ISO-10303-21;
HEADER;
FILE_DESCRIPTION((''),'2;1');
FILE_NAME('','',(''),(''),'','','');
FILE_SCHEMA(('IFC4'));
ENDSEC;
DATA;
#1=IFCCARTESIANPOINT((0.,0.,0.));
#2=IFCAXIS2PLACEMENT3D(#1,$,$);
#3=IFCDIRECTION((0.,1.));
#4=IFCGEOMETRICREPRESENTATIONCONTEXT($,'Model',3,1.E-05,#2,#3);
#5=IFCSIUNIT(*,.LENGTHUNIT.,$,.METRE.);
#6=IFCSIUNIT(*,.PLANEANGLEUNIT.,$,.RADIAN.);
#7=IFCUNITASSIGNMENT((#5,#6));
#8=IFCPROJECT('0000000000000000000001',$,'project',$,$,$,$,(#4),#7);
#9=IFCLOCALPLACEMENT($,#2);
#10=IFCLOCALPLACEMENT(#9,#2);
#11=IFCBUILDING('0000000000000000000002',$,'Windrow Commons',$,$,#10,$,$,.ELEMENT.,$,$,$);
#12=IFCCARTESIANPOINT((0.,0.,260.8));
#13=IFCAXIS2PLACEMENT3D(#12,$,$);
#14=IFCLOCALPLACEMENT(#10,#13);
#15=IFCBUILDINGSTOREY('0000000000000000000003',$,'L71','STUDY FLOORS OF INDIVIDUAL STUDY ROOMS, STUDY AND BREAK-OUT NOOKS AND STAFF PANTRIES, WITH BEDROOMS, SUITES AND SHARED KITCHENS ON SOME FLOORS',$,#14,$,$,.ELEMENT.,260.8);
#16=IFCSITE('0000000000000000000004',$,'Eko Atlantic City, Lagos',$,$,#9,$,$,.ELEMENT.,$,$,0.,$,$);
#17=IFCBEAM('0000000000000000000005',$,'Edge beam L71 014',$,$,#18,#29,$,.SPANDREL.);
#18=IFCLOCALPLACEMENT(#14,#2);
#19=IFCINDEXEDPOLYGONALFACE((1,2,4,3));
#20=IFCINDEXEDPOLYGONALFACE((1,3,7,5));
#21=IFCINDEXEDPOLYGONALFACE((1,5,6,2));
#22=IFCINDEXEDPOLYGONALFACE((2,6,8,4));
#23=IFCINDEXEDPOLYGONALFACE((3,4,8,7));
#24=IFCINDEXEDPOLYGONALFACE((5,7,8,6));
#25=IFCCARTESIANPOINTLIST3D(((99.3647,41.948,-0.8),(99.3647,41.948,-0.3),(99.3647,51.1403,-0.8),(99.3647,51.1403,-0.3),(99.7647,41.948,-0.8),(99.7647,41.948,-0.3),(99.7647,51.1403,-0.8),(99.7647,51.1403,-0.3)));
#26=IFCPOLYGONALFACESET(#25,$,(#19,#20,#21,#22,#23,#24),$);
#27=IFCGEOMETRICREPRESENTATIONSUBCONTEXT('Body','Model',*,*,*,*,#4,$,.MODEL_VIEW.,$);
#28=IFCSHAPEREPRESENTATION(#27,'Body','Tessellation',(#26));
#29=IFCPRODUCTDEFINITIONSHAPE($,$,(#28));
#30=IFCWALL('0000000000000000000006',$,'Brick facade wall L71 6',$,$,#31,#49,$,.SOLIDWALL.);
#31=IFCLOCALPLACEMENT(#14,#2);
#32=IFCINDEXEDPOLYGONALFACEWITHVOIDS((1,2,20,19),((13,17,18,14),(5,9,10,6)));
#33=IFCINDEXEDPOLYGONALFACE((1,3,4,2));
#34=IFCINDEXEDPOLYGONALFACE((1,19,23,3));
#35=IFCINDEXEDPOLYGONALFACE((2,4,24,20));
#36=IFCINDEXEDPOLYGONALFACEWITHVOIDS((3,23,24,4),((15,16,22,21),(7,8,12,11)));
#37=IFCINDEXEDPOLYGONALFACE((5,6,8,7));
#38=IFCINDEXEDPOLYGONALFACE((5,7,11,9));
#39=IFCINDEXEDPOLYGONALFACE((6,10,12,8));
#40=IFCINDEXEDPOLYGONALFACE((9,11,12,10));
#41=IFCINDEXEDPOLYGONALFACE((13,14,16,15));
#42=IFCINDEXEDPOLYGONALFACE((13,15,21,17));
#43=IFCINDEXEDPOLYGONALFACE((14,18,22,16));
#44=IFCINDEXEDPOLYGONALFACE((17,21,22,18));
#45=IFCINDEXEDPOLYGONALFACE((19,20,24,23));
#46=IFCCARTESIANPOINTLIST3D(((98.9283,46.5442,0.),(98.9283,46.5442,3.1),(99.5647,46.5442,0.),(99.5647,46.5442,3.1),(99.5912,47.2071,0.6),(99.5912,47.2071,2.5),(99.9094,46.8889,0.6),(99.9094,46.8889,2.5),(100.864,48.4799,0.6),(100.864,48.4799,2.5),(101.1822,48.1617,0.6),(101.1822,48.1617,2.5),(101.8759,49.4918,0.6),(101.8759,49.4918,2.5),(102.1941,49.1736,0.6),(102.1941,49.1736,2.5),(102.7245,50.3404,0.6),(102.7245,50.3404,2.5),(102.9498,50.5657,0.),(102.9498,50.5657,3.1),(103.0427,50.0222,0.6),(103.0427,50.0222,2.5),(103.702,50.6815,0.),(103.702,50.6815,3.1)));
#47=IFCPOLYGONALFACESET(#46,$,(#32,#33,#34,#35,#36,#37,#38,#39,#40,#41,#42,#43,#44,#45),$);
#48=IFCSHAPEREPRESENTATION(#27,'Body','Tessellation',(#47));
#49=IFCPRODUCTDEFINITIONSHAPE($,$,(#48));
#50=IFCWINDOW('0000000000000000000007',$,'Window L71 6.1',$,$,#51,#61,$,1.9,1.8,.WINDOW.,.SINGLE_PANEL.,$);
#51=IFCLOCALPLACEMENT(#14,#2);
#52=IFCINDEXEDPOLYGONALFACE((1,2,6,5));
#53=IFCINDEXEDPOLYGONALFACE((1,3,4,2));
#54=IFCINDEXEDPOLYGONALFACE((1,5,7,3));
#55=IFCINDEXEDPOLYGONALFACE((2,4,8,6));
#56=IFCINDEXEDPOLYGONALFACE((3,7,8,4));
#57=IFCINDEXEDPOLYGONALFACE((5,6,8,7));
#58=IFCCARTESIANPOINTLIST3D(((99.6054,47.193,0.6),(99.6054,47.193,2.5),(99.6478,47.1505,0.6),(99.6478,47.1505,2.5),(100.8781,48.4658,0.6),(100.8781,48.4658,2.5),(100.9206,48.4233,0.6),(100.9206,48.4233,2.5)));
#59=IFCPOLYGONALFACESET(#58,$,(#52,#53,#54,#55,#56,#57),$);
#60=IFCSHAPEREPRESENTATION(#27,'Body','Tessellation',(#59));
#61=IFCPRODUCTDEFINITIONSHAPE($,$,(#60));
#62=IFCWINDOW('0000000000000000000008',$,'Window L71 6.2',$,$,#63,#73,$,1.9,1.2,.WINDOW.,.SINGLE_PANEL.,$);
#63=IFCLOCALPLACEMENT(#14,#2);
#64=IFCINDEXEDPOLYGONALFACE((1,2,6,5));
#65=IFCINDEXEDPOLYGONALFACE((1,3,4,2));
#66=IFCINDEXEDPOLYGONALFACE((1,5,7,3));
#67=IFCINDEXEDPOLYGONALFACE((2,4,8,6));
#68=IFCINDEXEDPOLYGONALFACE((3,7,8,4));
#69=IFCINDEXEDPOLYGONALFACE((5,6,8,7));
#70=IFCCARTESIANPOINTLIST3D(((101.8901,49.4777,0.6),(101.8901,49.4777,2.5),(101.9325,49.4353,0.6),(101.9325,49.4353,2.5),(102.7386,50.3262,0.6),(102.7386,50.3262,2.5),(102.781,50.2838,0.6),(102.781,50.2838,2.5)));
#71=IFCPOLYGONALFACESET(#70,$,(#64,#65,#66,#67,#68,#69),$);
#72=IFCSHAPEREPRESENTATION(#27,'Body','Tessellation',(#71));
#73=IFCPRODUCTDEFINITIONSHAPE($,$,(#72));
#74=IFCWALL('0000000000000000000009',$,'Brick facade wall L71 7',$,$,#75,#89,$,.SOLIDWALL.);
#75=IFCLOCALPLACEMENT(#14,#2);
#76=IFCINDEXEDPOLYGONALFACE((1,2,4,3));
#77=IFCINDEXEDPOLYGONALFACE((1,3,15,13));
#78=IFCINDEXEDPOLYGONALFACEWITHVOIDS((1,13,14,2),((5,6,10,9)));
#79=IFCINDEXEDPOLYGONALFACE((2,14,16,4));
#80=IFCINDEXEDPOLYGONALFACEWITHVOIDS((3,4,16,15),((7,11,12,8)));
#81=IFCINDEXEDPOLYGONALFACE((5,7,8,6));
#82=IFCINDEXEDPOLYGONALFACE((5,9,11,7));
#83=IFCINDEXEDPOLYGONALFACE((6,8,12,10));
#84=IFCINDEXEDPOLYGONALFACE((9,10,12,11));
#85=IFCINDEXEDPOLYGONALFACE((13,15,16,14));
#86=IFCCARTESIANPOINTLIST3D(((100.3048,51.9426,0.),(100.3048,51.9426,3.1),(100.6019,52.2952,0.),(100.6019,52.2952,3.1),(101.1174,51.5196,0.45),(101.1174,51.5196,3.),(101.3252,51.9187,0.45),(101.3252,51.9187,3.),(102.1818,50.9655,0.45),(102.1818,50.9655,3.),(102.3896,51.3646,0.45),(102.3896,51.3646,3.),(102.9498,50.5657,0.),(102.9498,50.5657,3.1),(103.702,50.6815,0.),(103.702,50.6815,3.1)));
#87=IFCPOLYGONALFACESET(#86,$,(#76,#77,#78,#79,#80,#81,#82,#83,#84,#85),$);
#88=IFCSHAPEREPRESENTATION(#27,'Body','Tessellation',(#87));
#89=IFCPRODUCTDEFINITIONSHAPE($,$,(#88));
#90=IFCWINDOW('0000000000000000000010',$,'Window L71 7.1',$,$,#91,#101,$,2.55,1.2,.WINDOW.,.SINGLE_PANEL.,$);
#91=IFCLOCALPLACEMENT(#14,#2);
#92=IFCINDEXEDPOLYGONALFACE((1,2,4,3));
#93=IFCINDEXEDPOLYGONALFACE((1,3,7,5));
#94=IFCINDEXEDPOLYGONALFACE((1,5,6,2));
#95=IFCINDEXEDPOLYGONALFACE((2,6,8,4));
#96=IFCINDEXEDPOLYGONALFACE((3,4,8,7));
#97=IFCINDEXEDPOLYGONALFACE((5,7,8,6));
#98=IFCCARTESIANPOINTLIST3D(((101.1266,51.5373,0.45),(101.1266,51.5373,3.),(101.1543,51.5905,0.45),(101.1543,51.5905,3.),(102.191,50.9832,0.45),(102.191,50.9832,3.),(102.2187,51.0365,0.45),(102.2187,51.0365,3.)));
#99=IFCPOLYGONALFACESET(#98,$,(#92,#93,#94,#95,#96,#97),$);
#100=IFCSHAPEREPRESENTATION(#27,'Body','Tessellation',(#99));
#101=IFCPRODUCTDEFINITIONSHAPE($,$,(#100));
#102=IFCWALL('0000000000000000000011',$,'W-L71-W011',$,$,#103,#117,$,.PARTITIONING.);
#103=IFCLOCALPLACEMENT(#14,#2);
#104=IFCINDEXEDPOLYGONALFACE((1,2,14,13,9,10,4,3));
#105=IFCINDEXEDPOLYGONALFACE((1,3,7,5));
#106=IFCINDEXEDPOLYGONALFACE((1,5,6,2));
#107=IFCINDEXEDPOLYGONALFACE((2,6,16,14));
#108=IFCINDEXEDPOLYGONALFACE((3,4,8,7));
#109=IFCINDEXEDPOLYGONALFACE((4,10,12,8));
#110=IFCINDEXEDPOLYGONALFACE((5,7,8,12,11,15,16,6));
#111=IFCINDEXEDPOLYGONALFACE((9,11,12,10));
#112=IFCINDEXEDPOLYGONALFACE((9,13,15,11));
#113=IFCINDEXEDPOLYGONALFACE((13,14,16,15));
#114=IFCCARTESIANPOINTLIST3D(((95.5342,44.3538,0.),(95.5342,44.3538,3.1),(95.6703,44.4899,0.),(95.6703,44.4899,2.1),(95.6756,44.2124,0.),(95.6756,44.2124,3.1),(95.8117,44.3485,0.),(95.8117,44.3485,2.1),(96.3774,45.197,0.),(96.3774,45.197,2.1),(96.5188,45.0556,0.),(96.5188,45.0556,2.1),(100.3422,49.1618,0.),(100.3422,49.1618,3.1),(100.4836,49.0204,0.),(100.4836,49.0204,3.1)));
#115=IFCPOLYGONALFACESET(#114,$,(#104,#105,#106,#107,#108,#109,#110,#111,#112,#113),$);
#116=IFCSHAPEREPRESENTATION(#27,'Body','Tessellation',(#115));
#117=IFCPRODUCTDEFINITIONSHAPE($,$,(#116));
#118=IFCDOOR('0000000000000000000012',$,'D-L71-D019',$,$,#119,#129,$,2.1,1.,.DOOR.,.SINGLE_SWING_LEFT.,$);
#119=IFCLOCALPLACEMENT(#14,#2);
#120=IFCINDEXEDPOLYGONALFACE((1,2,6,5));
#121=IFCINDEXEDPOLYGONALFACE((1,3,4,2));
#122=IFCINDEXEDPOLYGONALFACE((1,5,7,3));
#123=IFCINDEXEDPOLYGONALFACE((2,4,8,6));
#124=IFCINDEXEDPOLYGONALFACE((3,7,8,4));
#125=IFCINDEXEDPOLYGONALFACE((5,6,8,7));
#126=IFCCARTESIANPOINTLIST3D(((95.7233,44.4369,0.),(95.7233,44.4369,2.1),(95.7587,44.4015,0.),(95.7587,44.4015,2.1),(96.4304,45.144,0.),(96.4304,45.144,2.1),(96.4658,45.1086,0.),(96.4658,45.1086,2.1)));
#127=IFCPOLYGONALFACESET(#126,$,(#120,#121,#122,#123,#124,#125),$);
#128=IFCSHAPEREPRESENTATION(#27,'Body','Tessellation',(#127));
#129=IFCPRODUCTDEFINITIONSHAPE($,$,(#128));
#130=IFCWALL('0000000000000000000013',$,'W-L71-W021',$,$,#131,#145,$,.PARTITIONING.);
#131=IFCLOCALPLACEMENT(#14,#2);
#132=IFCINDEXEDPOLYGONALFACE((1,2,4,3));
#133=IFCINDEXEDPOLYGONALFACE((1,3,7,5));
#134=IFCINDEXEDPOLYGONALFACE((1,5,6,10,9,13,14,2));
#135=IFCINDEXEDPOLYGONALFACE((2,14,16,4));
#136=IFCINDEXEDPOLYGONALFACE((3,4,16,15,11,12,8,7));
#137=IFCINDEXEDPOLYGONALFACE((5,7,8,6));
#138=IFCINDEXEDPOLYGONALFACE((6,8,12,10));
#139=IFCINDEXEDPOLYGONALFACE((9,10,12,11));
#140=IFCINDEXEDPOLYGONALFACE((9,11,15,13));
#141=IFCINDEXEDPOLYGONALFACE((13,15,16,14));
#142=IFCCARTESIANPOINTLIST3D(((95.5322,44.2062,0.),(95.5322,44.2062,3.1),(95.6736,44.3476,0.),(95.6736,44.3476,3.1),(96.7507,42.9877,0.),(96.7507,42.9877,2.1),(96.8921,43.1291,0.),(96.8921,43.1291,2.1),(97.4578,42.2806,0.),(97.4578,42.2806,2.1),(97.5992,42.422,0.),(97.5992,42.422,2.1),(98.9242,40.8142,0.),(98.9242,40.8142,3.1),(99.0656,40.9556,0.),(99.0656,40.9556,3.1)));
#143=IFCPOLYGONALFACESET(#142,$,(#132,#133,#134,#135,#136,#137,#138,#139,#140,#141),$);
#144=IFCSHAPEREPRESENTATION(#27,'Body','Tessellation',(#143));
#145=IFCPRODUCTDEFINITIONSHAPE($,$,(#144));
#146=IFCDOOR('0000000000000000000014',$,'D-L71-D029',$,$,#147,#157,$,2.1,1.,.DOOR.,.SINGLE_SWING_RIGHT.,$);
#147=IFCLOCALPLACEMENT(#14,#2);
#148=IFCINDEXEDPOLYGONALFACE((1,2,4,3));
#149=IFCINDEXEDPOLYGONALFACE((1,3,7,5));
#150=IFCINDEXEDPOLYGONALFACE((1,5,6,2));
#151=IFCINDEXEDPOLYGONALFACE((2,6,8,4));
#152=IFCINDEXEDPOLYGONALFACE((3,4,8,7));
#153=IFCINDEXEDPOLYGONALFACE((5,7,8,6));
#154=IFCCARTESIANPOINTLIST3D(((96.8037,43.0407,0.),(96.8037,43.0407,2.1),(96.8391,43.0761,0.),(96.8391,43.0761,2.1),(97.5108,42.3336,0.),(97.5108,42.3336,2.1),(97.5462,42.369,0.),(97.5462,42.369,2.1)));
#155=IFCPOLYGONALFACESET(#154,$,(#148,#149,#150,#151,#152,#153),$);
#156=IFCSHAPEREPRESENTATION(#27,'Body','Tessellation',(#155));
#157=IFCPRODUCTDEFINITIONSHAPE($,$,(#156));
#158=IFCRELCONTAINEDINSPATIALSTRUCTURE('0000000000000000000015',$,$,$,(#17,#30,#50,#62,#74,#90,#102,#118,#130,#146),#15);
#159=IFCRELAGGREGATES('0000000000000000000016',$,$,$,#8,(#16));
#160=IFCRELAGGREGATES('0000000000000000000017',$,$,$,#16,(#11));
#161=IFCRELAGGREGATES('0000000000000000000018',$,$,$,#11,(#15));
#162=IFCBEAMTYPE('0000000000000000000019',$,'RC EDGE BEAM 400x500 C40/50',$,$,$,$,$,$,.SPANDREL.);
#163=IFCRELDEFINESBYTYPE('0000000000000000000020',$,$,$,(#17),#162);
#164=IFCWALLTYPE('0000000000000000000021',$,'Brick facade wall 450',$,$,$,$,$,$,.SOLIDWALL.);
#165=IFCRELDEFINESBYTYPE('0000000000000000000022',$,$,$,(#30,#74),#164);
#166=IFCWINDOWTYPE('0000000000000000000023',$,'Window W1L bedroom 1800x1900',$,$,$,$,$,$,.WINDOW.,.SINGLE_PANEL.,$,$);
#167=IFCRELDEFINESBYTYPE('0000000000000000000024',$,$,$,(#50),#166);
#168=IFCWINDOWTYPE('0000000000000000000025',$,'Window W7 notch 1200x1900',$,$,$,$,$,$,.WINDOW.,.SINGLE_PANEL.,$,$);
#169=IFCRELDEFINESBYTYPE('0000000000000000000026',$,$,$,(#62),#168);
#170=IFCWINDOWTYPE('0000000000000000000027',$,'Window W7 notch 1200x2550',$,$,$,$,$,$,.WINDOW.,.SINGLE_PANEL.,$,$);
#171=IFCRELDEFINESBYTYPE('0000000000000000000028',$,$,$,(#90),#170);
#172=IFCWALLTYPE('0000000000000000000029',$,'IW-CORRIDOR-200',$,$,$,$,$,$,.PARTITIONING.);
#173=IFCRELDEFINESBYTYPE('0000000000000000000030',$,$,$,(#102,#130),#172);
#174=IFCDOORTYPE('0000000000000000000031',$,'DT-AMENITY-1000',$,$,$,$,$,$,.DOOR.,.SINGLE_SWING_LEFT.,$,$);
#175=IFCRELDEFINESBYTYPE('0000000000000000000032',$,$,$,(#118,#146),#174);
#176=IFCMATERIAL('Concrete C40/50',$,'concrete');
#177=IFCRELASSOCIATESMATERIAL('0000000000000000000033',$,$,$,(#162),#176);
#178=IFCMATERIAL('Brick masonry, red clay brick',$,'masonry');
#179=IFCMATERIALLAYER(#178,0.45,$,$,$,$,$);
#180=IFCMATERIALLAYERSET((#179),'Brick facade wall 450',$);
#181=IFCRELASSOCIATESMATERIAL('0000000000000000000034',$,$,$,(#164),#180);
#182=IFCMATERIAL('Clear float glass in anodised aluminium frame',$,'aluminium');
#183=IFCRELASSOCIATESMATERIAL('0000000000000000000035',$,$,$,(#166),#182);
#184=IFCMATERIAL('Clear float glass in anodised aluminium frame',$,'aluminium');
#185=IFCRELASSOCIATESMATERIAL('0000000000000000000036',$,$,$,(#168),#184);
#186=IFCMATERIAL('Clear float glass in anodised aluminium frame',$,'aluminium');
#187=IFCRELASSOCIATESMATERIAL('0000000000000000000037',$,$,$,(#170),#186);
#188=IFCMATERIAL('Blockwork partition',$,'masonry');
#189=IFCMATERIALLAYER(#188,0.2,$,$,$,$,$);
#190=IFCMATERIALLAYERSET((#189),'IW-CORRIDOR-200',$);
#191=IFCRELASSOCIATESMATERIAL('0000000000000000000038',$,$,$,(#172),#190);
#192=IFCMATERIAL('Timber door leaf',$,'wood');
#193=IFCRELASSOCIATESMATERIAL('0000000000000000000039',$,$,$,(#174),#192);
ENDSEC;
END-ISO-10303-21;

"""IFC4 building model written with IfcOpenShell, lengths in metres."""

from ifc_helpers import new_model, si_unit, direction, frame, frame_2d, origin, origin_2d, place, context, subcontext, project, spatial, polyline, rectangle, outline, extrude, material, layer, layer_set, material_profile, profile_set, type_object, element, fill, save


model = new_model("IFC4")

# Units and contexts
model_context = context("Model", 3, precision=1e-05, world=origin(), true_north=direction((0.0, 1.0)))
body_context = subcontext(model_context, "Body", "Model", "MODEL_VIEW")
ifc_project = project(units=[si_unit("LENGTHUNIT", "METRE"), si_unit("PLANEANGLEUNIT", "RADIAN")], contexts=[model_context])

# Site, building, storey
site_placement = place(None, origin())
site = spatial("IfcSite", under=ifc_project, at=site_placement, Name="Eko Atlantic City, Lagos", CompositionType="ELEMENT", RefElevation=0.0)
building_placement = place(site_placement, origin())
building = spatial("IfcBuilding", under=site, at=building_placement, Name="Windrow Commons", CompositionType="ELEMENT")
storey_placement = place(building_placement, frame((0.0, 0.0, 260.8)))
storey = spatial("IfcBuildingStorey", under=building, at=storey_placement, Name="L71", Description="STUDY FLOORS OF INDIVIDUAL STUDY ROOMS, STUDY AND BREAK-OUT NOOKS AND STAFF PANTRIES, WITH BEDROOMS, SUITES AND SHARED KITCHENS ON SOME FLOORS", CompositionType="ELEMENT", Elevation=260.8)

# Beam
ifc_material_1 = material(Name="Concrete C40/50", Category="concrete")
ifc_material_profile = material_profile(ifc_material_1, rectangle(XDim=0.4, YDim=0.5, at=origin_2d()))
ifc_profile_set = profile_set([ifc_material_profile], Name="Concrete C40/50")
beam_type = type_object("IfcBeamType", Name="RC EDGE BEAM 400x500 C40/50", PredefinedType="SPANDREL", material=ifc_profile_set)
beam_placement = place(storey_placement, frame((99.5647, 51.1403, -0.55), z_axis=(0.0, -1.0, 0.0), x_axis=(1.0, 0.0, 0.0)))
element("IfcBeam", 1, at=beam_placement, inside=storey, type_object=beam_type, Name="Edge beam L71 014", PredefinedType="SPANDREL", context=body_context, shape_type="SweptSolid", body=[
    extrude(rectangle(XDim=0.4, YDim=0.5, at=origin_2d()), origin(), (0.0, 0.0, 1.0), 9.1923),
])

# Wall, openings, windows
ifc_material_2 = material(Name="Brick masonry, red clay brick", Category="masonry")
ifc_layer_1 = layer(ifc_material_2, 0.45)
ifc_layer_set_1 = layer_set([ifc_layer_1], Name="Brick facade wall 450")
wall_type_1 = type_object("IfcWallType", Name="Brick facade wall 450", PredefinedType="SOLIDWALL", material=ifc_layer_set_1)
wall_1_placement = place(storey_placement, frame((99.2465, 46.5442, 0.0), z_axis=(0.0, 0.0, 1.0), x_axis=(0.707107, 0.707107, 0.0)))
wall_1 = element("IfcWall", 2, at=wall_1_placement, inside=storey, type_object=wall_type_1, Name="Brick facade wall L71 6", PredefinedType="SOLIDWALL", context=body_context, shape_type="SweptSolid", body=[
    extrude(outline(polyline([(0.225, -0.225), (6.076, -0.225), (5.4623, 0.225), (-0.225, 0.225), (0.225, -0.225)])), origin(), (0.0, 0.0, 1.0), 3.1),
])
opening_1_placement = place(wall_1_placement, frame((0.7125, 0.0, 0.6)))
opening_1 = element("IfcOpeningElement", 3, at=opening_1_placement, cuts=wall_1, PredefinedType="OPENING", context=body_context, shape_type="SweptSolid", body=[
    extrude(rectangle(XDim=1.8, YDim=1.9, at=frame_2d((0.9, 0.95))), frame((0.0, 0.235, 0.0), z_axis=(0.0, -1.0, 0.0), x_axis=(1.0, 0.0, 0.0)), (0.0, 0.0, 1.0), 0.47),
])
opening_2_placement = place(wall_1_placement, frame((3.9436, 0.0, 0.6)))
opening_2 = element("IfcOpeningElement", 4, at=opening_2_placement, cuts=wall_1, PredefinedType="OPENING", context=body_context, shape_type="SweptSolid", body=[
    extrude(rectangle(XDim=1.2, YDim=1.9, at=frame_2d((0.6, 0.95))), frame((0.0, 0.235, 0.0), z_axis=(0.0, -1.0, 0.0), x_axis=(1.0, 0.0, 0.0)), (0.0, 0.0, 1.0), 0.47),
])
ifc_material_3 = material(Name="Clear float glass in anodised aluminium frame", Category="aluminium")
window_type_1 = type_object("IfcWindowType", Name="Window W1L bedroom 1800x1900", PartitioningType="SINGLE_PANEL", PredefinedType="WINDOW", material=ifc_material_3)
window_1_placement = place(opening_1_placement, origin())
window_1 = element("IfcWindow", 5, at=window_1_placement, inside=storey, type_object=window_type_1, Name="Window L71 6.1", OverallHeight=1.9, OverallWidth=1.8, PartitioningType="SINGLE_PANEL", PredefinedType="WINDOW", context=body_context, shape_type="SweptSolid", body=[
    extrude(rectangle(XDim=1.8, YDim=1.9, at=frame_2d((0.9, 0.95))), frame((0.0, 0.205, 0.0), z_axis=(0.0, -1.0, 0.0), x_axis=(1.0, 0.0, 0.0)), (0.0, 0.0, 1.0), 0.06),
])
fill(opening_1, window_1)
ifc_material_4 = material(Name="Clear float glass in anodised aluminium frame", Category="aluminium")
window_type_2 = type_object("IfcWindowType", Name="Window W7 notch 1200x1900", PartitioningType="SINGLE_PANEL", PredefinedType="WINDOW", material=ifc_material_4)
window_2_placement = place(opening_2_placement, origin())
window_2 = element("IfcWindow", 6, at=window_2_placement, inside=storey, type_object=window_type_2, Name="Window L71 6.2", OverallHeight=1.9, OverallWidth=1.2, PartitioningType="SINGLE_PANEL", PredefinedType="WINDOW", context=body_context, shape_type="SweptSolid", body=[
    extrude(rectangle(XDim=1.2, YDim=1.9, at=frame_2d((0.6, 0.95))), frame((0.0, 0.205, 0.0), z_axis=(0.0, -1.0, 0.0), x_axis=(1.0, 0.0, 0.0)), (0.0, 0.0, 1.0), 0.06),
])
fill(opening_2, window_2)

# Wall, opening, window
wall_2_placement = place(storey_placement, frame((103.3259, 50.6236, 0.0), z_axis=(0.0, 0.0, 1.0), x_axis=(-0.887021, 0.461729, 0.0)))
wall_2 = element("IfcWall", 7, at=wall_2_placement, inside=storey, type_object=wall_type_1, Name="Brick facade wall L71 7", PredefinedType="SOLIDWALL", context=body_context, shape_type="SweptSolid", body=[
    extrude(outline(polyline([(-0.3069, -0.225), (3.1881, -0.225), (3.2888, 0.225), (0.3069, 0.225), (-0.3069, -0.225)])), origin(), (0.0, 0.0, 1.0), 3.1),
])
opening_3_placement = place(wall_2_placement, frame((1.1727, 0.0, 0.45)))
opening_3 = element("IfcOpeningElement", 8, at=opening_3_placement, cuts=wall_2, PredefinedType="OPENING", context=body_context, shape_type="SweptSolid", body=[
    extrude(rectangle(XDim=1.2, YDim=2.55, at=frame_2d((0.6, 1.275))), frame((0.0, 0.235, 0.0), z_axis=(0.0, -1.0, 0.0), x_axis=(1.0, 0.0, 0.0)), (0.0, 0.0, 1.0), 0.47),
])
ifc_material_5 = material(Name="Clear float glass in anodised aluminium frame", Category="aluminium")
window_type_3 = type_object("IfcWindowType", Name="Window W7 notch 1200x2550", PartitioningType="SINGLE_PANEL", PredefinedType="WINDOW", material=ifc_material_5)
window_3_placement = place(opening_3_placement, origin())
window_3 = element("IfcWindow", 9, at=window_3_placement, inside=storey, type_object=window_type_3, Name="Window L71 7.1", OverallHeight=2.55, OverallWidth=1.2, PartitioningType="SINGLE_PANEL", PredefinedType="WINDOW", context=body_context, shape_type="SweptSolid", body=[
    extrude(rectangle(XDim=1.2, YDim=2.55, at=frame_2d((0.6, 1.275))), frame((0.0, 0.205, 0.0), z_axis=(0.0, -1.0, 0.0), x_axis=(1.0, 0.0, 0.0)), (0.0, 0.0, 1.0), 0.06),
])
fill(opening_3, window_3)

# Walls, openings, doors
ifc_material_6 = material(Name="Blockwork partition", Category="masonry")
ifc_layer_2 = layer(ifc_material_6, 0.2)
ifc_layer_set_2 = layer_set([ifc_layer_2], Name="IW-CORRIDOR-200")
wall_type_2 = type_object("IfcWallType", Name="IW-CORRIDOR-200", PredefinedType="PARTITIONING", material=ifc_layer_set_2)
wall_3_placement = place(storey_placement, frame((95.6049, 44.2831, 0.0), z_axis=(0.0, 0.0, 1.0), x_axis=(0.707107, 0.707107, 0.0)))
wall_3 = element("IfcWall", 10, at=wall_3_placement, inside=storey, type_object=wall_type_2, Name="W-L71-W011", PredefinedType="PARTITIONING", context=body_context, shape_type="SweptSolid", body=[
    extrude(rectangle(XDim=6.7995, YDim=0.2, at=frame_2d((3.3998, 0.0))), origin(), (0.0, 0.0, 1.0), 3.1),
])
opening_4_placement = place(wall_3_placement, frame((0.1925, 0.0, 0.0)))
opening_4 = element("IfcOpeningElement", 11, at=opening_4_placement, cuts=wall_3, PredefinedType="OPENING", context=body_context, shape_type="SweptSolid", body=[
    extrude(rectangle(XDim=1.0, YDim=2.1, at=frame_2d((0.5, 1.05))), frame((0.0, 0.11, 0.0), z_axis=(0.0, -1.0, 0.0), x_axis=(1.0, 0.0, 0.0)), (0.0, 0.0, 1.0), 0.22),
])
ifc_material_7 = material(Name="Timber door leaf", Category="wood")
door_type = type_object("IfcDoorType", Name="DT-AMENITY-1000", OperationType="SINGLE_SWING_LEFT", PredefinedType="DOOR", material=ifc_material_7)
door_1_placement = place(opening_4_placement, origin())
door_1 = element("IfcDoor", 12, at=door_1_placement, inside=storey, type_object=door_type, Name="D-L71-D019", OperationType="SINGLE_SWING_LEFT", OverallHeight=2.1, OverallWidth=1.0, PredefinedType="DOOR", context=body_context, shape_type="SweptSolid", body=[
    extrude(rectangle(XDim=1.0, YDim=2.1, at=frame_2d((0.5, 1.05))), frame((0.0, 0.025, 0.0), z_axis=(0.0, -1.0, 0.0), x_axis=(1.0, 0.0, 0.0)), (0.0, 0.0, 1.0), 0.05),
])
fill(opening_4, door_1)
wall_4_placement = place(storey_placement, frame((95.6029, 44.2769, 0.0), z_axis=(0.0, 0.0, 1.0), x_axis=(0.707107, -0.707107, 0.0)))
wall_4 = element("IfcWall", 13, at=wall_4_placement, inside=storey, type_object=wall_type_2, Name="W-L71-W021", PredefinedType="PARTITIONING", context=body_context, shape_type="SweptSolid", body=[
    extrude(rectangle(XDim=4.797, YDim=0.2, at=frame_2d((2.3985, 0.0))), origin(), (0.0, 0.0, 1.0), 3.1),
])
opening_5_placement = place(wall_4_placement, frame((1.7232, 0.0, 0.0)))
opening_5 = element("IfcOpeningElement", 14, at=opening_5_placement, cuts=wall_4, PredefinedType="OPENING", context=body_context, shape_type="SweptSolid", body=[
    extrude(rectangle(XDim=1.0, YDim=2.1, at=frame_2d((0.5, 1.05))), frame((0.0, 0.11, 0.0), z_axis=(0.0, -1.0, 0.0), x_axis=(1.0, 0.0, 0.0)), (0.0, 0.0, 1.0), 0.22),
])
door_2_placement = place(opening_5_placement, origin())
door_2 = element("IfcDoor", 15, at=door_2_placement, inside=storey, type_object=door_type, Name="D-L71-D029", OperationType="SINGLE_SWING_RIGHT", OverallHeight=2.1, OverallWidth=1.0, PredefinedType="DOOR", context=body_context, shape_type="SweptSolid", body=[
    extrude(rectangle(XDim=1.0, YDim=2.1, at=frame_2d((0.5, 1.05))), frame((0.0, 0.025, 0.0), z_axis=(0.0, -1.0, 0.0), x_axis=(1.0, 0.0, 0.0)), (0.0, 0.0, 1.0), 0.05),
])
fill(opening_5, door_2)

save(model, "model.ifc")
